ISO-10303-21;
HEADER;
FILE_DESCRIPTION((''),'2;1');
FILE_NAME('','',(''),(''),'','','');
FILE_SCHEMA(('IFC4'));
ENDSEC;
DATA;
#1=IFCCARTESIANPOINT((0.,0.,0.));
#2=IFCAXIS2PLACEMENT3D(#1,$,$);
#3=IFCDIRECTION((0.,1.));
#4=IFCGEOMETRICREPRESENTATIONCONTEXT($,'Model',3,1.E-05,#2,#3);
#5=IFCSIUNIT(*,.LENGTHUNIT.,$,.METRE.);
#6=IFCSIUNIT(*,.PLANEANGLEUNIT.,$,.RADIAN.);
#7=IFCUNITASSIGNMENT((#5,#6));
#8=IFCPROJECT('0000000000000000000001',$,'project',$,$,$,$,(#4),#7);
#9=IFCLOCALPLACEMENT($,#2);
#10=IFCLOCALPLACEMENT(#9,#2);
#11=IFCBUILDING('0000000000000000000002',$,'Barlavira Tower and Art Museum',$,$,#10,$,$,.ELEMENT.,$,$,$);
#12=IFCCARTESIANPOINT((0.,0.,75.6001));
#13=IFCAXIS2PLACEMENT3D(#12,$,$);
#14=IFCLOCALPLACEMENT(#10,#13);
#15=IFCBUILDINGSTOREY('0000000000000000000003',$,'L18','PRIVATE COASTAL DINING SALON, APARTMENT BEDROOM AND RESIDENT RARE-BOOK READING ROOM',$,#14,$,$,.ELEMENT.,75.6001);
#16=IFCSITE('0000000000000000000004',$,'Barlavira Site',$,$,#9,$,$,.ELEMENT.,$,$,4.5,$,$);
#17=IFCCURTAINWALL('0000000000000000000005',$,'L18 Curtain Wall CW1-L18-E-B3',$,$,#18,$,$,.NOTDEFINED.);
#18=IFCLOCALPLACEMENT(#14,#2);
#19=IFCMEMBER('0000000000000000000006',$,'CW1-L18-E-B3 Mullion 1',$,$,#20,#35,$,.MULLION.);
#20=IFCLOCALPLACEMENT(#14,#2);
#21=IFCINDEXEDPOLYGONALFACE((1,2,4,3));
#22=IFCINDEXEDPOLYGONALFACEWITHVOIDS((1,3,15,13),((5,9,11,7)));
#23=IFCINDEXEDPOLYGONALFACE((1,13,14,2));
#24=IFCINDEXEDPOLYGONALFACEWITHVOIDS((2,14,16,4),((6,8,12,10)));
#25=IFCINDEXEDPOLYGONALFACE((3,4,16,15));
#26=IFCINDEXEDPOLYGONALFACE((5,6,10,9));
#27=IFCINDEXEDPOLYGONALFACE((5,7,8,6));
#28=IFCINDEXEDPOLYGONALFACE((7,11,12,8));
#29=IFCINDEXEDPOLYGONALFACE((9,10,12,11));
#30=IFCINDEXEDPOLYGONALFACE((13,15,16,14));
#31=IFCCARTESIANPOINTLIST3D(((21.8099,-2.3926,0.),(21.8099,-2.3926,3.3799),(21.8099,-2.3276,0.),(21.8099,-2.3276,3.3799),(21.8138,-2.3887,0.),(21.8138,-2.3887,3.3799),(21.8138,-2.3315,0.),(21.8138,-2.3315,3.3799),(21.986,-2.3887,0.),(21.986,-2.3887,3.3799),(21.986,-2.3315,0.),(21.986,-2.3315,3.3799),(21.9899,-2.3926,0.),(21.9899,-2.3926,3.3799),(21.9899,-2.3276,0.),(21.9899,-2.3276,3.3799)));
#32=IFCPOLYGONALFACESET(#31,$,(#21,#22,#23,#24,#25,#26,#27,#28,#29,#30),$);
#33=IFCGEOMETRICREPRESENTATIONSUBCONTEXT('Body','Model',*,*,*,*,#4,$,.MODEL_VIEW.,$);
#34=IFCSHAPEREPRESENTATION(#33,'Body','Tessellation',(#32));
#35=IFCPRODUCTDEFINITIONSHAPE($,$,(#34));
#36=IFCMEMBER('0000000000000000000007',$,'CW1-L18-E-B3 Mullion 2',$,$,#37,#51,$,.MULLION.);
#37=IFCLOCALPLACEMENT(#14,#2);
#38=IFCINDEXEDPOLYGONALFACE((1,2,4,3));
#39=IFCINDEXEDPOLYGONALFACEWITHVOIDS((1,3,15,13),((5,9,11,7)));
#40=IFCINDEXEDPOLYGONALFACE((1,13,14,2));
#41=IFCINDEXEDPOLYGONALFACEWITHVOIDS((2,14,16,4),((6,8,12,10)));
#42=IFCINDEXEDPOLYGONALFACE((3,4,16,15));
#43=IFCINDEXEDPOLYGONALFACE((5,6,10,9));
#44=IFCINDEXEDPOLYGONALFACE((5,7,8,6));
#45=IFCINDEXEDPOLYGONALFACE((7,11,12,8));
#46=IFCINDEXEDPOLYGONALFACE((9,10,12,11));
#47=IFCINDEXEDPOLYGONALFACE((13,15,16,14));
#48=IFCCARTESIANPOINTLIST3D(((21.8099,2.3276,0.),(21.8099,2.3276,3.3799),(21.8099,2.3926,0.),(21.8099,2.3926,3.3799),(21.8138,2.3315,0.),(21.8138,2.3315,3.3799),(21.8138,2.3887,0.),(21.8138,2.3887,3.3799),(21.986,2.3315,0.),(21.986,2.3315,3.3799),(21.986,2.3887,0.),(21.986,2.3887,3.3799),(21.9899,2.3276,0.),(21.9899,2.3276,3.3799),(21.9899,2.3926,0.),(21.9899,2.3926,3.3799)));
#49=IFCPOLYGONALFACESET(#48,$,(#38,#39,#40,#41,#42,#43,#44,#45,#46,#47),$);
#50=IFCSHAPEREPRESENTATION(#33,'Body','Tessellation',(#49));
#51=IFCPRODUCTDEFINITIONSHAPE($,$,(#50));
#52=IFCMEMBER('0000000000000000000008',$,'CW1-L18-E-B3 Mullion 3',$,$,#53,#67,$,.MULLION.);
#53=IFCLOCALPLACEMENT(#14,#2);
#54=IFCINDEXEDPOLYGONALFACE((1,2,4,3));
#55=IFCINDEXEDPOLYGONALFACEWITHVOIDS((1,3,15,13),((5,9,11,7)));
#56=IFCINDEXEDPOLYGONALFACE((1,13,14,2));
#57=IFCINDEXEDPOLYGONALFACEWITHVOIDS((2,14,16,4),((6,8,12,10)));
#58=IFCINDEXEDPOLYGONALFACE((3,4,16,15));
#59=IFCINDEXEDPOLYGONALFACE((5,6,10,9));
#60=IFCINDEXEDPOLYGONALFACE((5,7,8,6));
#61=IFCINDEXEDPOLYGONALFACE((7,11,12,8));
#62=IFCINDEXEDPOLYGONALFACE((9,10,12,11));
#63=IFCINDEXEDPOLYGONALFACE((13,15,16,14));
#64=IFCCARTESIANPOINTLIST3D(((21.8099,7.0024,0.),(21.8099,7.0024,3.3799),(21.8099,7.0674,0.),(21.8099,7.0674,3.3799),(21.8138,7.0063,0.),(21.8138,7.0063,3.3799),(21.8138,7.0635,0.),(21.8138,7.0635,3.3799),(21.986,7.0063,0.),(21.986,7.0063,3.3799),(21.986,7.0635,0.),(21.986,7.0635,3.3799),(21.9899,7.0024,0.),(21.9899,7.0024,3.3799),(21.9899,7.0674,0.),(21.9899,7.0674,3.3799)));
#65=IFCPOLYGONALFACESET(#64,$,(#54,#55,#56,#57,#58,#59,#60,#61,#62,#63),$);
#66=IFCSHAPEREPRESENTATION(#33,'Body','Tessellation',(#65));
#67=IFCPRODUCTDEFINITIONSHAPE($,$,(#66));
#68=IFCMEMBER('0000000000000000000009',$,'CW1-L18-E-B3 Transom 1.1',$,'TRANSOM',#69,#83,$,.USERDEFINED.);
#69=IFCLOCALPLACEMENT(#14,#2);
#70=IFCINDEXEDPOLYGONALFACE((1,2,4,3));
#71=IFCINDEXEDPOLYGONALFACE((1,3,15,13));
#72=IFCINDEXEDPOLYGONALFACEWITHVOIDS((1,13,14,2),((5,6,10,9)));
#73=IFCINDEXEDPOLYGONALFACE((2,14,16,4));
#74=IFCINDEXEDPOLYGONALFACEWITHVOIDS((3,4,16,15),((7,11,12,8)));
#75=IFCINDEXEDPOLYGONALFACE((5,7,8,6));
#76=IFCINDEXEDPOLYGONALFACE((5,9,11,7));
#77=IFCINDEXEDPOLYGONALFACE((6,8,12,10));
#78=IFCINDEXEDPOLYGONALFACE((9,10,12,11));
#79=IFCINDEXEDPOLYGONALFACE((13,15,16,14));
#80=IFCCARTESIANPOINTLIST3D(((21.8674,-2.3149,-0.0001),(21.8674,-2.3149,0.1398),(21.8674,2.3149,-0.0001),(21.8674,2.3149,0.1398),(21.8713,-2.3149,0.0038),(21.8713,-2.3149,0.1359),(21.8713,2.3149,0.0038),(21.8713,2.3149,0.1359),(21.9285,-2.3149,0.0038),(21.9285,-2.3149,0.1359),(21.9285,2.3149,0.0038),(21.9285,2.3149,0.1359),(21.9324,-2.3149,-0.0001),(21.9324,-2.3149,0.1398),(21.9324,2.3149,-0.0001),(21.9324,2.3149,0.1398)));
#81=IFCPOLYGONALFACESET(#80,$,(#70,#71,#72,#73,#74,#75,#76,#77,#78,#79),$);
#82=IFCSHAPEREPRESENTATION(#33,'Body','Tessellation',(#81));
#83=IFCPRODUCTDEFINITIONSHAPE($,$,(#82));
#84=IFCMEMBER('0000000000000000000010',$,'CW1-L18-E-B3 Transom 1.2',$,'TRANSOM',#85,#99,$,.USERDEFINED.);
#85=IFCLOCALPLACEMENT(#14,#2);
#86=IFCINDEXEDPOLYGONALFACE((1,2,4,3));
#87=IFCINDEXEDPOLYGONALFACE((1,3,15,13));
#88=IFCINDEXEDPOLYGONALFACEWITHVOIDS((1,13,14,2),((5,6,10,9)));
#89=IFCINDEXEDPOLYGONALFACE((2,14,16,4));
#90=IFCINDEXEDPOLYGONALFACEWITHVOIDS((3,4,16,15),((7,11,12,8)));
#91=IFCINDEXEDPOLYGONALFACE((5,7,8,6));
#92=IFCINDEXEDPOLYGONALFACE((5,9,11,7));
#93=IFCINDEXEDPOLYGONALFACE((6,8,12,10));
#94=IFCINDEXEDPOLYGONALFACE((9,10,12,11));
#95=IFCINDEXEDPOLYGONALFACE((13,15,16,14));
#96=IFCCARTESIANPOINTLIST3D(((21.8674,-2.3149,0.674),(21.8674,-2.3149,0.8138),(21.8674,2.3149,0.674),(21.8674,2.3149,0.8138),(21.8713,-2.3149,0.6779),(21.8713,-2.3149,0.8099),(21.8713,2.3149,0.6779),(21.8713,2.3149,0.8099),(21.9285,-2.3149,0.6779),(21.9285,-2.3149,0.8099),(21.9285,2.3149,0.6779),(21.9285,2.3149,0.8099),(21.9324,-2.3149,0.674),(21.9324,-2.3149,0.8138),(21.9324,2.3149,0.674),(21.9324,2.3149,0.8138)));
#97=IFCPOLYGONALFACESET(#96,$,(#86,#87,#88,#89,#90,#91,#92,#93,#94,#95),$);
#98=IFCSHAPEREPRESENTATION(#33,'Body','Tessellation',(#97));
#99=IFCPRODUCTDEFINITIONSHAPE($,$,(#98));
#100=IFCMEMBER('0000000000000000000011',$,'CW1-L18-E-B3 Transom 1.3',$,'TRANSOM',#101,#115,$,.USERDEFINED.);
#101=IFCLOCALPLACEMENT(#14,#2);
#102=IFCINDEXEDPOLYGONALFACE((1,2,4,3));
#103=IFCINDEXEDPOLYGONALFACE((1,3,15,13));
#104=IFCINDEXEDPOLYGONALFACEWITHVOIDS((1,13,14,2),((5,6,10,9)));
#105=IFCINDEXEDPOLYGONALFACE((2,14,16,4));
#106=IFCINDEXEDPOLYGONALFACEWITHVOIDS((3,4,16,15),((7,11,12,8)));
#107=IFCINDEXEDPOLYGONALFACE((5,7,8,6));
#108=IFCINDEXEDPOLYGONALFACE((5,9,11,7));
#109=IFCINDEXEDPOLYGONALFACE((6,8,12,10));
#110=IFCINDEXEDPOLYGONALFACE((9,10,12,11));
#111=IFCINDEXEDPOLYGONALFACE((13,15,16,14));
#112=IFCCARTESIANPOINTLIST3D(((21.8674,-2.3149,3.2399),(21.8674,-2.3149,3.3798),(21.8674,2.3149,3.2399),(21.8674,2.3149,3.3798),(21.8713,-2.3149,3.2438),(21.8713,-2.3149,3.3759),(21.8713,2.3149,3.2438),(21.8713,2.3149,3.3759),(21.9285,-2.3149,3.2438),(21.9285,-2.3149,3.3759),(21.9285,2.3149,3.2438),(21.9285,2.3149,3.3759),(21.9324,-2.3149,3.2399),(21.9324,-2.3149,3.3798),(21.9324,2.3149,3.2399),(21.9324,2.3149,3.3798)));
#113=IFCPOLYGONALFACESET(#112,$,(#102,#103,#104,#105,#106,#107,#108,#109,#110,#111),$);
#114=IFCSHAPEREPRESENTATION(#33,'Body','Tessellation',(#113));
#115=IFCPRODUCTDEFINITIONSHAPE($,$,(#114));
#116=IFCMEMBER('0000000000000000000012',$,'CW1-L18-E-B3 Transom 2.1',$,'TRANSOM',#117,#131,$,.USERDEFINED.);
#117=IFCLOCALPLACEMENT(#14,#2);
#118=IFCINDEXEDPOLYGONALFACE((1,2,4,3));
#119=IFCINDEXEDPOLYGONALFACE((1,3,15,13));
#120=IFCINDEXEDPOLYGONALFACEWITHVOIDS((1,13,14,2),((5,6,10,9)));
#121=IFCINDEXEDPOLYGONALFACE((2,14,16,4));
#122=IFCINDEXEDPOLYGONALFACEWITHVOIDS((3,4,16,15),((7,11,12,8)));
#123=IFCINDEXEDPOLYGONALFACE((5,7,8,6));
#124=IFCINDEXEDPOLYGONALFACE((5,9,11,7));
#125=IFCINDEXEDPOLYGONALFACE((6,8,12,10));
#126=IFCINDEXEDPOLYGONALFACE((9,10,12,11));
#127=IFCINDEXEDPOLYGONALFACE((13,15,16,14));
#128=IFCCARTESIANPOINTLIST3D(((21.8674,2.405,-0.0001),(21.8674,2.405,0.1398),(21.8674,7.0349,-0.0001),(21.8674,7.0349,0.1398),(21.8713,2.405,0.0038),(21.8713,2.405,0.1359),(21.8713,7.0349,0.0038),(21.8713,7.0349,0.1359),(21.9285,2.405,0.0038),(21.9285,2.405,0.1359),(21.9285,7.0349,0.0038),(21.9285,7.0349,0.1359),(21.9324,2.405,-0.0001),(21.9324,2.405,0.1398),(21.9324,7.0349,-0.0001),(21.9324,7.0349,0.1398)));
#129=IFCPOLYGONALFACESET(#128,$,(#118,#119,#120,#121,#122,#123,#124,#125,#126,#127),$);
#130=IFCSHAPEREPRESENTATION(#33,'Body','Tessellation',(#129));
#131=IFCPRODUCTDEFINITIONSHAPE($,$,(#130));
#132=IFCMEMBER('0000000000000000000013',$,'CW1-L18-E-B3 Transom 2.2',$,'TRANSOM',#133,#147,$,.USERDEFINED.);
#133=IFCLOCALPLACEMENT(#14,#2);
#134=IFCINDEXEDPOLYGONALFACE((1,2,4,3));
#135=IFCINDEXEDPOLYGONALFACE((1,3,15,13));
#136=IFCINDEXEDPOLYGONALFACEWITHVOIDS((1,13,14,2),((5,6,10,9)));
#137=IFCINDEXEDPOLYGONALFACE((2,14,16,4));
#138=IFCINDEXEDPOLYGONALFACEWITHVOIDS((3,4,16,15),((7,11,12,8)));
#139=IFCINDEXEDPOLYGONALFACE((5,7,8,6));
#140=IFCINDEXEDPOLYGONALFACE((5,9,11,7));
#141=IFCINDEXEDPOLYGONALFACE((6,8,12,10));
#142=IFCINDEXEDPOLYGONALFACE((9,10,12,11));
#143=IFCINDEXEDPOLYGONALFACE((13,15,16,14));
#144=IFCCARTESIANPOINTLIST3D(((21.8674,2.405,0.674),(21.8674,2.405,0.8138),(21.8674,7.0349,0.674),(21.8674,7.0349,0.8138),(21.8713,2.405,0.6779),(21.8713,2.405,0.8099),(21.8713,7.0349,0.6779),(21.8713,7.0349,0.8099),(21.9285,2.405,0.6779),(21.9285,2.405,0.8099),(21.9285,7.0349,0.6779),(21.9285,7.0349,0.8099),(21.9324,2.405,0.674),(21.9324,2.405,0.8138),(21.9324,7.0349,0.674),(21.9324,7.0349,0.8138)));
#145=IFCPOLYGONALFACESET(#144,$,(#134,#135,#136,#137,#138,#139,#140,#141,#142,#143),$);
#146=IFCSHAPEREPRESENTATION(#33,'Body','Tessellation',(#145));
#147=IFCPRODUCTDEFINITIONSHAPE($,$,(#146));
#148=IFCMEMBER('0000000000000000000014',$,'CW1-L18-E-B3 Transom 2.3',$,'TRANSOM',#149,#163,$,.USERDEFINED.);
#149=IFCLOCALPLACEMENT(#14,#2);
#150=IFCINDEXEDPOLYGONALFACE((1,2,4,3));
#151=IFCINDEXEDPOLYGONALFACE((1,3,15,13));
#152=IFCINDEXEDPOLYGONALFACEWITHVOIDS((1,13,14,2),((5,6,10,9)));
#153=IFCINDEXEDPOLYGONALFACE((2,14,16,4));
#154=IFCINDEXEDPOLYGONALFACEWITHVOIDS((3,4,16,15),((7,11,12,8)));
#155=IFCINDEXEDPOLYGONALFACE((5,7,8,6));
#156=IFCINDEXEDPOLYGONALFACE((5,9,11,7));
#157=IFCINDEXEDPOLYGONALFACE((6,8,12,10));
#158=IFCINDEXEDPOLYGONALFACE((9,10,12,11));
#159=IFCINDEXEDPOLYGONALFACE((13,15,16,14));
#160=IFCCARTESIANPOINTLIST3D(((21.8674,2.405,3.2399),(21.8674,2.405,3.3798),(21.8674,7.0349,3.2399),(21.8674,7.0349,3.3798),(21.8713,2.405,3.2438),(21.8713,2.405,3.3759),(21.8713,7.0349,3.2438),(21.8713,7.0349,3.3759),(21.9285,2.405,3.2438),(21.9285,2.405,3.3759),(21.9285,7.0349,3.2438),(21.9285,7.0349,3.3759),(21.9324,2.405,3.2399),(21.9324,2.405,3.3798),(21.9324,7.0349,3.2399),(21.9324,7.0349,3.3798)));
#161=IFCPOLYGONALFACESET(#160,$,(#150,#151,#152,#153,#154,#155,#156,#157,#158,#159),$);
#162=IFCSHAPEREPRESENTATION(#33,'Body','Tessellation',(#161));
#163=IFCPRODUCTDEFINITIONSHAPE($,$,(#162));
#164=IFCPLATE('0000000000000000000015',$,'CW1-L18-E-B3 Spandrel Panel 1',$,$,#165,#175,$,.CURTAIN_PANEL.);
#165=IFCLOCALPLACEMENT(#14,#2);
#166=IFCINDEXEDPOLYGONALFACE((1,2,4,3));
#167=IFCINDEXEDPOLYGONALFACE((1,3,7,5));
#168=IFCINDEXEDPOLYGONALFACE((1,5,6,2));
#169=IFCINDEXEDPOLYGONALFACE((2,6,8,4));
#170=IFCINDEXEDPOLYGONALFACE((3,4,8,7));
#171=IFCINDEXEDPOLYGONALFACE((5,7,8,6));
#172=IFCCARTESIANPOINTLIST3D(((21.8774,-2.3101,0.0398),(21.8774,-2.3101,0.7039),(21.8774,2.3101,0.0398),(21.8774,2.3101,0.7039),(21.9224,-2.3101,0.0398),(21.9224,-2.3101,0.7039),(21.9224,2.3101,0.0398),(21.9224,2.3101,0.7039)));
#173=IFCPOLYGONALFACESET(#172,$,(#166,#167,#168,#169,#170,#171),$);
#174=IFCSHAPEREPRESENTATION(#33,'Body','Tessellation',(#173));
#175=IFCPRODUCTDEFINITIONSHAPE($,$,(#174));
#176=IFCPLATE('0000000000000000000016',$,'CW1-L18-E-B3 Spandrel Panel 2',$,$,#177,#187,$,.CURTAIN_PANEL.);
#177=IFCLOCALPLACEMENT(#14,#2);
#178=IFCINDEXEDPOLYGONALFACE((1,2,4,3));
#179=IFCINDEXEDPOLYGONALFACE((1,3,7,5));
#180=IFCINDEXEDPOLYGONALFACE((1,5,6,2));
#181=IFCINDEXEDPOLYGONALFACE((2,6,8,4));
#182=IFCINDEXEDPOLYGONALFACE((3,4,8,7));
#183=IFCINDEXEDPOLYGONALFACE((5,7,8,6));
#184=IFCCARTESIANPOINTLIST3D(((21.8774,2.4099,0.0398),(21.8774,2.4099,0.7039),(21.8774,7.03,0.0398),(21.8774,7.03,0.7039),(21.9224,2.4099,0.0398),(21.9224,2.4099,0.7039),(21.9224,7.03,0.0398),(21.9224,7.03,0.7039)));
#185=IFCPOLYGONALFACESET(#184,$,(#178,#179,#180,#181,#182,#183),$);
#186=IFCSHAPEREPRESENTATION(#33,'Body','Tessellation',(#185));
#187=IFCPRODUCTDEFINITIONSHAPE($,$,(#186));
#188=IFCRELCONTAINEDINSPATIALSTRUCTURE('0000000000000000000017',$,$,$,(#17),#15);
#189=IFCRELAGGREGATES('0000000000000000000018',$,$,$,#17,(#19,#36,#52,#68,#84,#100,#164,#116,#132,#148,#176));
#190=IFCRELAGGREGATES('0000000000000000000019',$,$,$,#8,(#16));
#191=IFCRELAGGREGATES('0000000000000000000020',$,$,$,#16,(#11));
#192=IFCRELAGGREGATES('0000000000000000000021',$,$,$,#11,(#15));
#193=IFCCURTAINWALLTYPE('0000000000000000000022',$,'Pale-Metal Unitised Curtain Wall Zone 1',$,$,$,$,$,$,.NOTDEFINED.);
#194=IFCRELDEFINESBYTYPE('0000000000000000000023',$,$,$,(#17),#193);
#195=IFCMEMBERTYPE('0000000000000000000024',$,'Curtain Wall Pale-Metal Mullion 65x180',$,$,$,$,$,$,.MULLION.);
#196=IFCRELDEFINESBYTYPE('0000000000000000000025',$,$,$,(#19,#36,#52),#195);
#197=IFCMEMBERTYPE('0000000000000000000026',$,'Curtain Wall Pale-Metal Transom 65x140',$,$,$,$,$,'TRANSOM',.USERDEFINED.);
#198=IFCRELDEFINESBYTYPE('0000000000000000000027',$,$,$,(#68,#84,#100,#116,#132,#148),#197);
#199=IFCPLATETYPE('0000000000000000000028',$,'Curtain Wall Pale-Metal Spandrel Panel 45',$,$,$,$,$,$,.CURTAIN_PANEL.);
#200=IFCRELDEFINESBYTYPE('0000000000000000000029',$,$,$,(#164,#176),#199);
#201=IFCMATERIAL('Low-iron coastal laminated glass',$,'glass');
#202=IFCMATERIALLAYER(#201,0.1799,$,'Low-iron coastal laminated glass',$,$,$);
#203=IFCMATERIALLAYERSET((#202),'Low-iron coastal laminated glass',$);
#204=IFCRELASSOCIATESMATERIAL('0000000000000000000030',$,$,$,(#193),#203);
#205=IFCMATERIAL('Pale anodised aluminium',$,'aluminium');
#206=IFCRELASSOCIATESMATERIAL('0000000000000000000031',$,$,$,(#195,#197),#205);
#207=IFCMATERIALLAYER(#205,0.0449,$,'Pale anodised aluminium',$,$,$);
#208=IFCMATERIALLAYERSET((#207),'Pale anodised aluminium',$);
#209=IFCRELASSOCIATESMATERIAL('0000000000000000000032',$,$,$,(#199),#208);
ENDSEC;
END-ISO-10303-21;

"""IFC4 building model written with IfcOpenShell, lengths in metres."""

from ifc_helpers import new_model, si_unit, direction, frame, origin, origin_2d, place, context, subcontext, project, spatial, rectangle, hollow_rectangle, extrude, material, layer, layer_set, material_profile, profile_set, type_object, element, aggregate, save


model = new_model("IFC4")

# Units and contexts
model_context = context("Model", 3, precision=1e-05, world=origin(), true_north=direction((0.0, 1.0)))
body_context = subcontext(model_context, "Body", "Model", "MODEL_VIEW")
ifc_project = project(units=[si_unit("LENGTHUNIT", "METRE"), si_unit("PLANEANGLEUNIT", "RADIAN")], contexts=[model_context])

# Site, building, storey
site_placement = place(None, origin())
site = spatial("IfcSite", under=ifc_project, at=site_placement, Name="Barlavira Site", CompositionType="ELEMENT", RefElevation=4.5)
building_placement = place(site_placement, origin())
building = spatial("IfcBuilding", under=site, at=building_placement, Name="Barlavira Tower and Art Museum", CompositionType="ELEMENT")
storey_placement = place(building_placement, frame((0.0, 0.0, 75.6001)))
storey = spatial("IfcBuildingStorey", under=building, at=storey_placement, Name="L18", Description="PRIVATE COASTAL DINING SALON, APARTMENT BEDROOM AND RESIDENT RARE-BOOK READING ROOM", CompositionType="ELEMENT", Elevation=75.6001)

# Curtain wall, members, plates
ifc_material_1 = material(Name="Low-iron coastal laminated glass", Category="glass")
ifc_layer_1 = layer(ifc_material_1, 0.1799, Name="Low-iron coastal laminated glass")
ifc_layer_set_1 = layer_set([ifc_layer_1], Name="Low-iron coastal laminated glass")
curtain_wall_type = type_object("IfcCurtainWallType", Name="Pale-Metal Unitised Curtain Wall Zone 1", PredefinedType="NOTDEFINED", material=ifc_layer_set_1)
curtain_wall_placement = place(storey_placement, origin())
curtain_wall = element("IfcCurtainWall", 1, at=curtain_wall_placement, inside=storey, type_object=curtain_wall_type, Name="L18 Curtain Wall CW1-L18-E-B3", PredefinedType="NOTDEFINED")
ifc_material_2 = material(Name="Pale anodised aluminium", Category="aluminium")
ifc_material_profile_1 = material_profile(ifc_material_2, hollow_rectangle(XDim=0.0649, YDim=0.1799, WallThickness=0.0039, at=origin_2d()), Name="ALU-MULL 65x180x4")
ifc_profile_set_1 = profile_set([ifc_material_profile_1], Name="Pale anodised aluminium")
member_type_1 = type_object("IfcMemberType", Name="Curtain Wall Pale-Metal Mullion 65x180", PredefinedType="MULLION", material=ifc_profile_set_1)
member_1_placement = place(storey_placement, frame((21.8999, -2.3601, 0.0), z_axis=(0.0, 0.0, 1.0), x_axis=(0.0, 1.0, 0.0)))
member_1 = element("IfcMember", 2, at=member_1_placement, type_object=member_type_1, Name="CW1-L18-E-B3 Mullion 1", PredefinedType="MULLION", context=body_context, shape_type="SweptSolid", body=[
    extrude(hollow_rectangle(XDim=0.0649, YDim=0.1799, WallThickness=0.0039, at=origin_2d()), origin(), (0.0, 0.0, 1.0), 3.3799),
])
member_2_placement = place(storey_placement, frame((21.8999, 2.3601, 0.0), z_axis=(0.0, 0.0, 1.0), x_axis=(0.0, 1.0, 0.0)))
member_2 = element("IfcMember", 3, at=member_2_placement, type_object=member_type_1, Name="CW1-L18-E-B3 Mullion 2", PredefinedType="MULLION", context=body_context, shape_type="SweptSolid", body=[
    extrude(hollow_rectangle(XDim=0.0649, YDim=0.1799, WallThickness=0.0039, at=origin_2d()), origin(), (0.0, 0.0, 1.0), 3.3799),
])
member_3_placement = place(storey_placement, frame((21.8999, 7.0349, 0.0), z_axis=(0.0, 0.0, 1.0), x_axis=(0.0, 1.0, 0.0)))
member_3 = element("IfcMember", 4, at=member_3_placement, type_object=member_type_1, Name="CW1-L18-E-B3 Mullion 3", PredefinedType="MULLION", context=body_context, shape_type="SweptSolid", body=[
    extrude(hollow_rectangle(XDim=0.0649, YDim=0.1799, WallThickness=0.0039, at=origin_2d()), origin(), (0.0, 0.0, 1.0), 3.3799),
])
ifc_material_profile_2 = material_profile(ifc_material_2, hollow_rectangle(XDim=0.0649, YDim=0.1399, WallThickness=0.0039, at=origin_2d()), Name="ALU-TRAN 65x140x4")
ifc_profile_set_2 = profile_set([ifc_material_profile_2], Name="Pale anodised aluminium")
member_type_2 = type_object("IfcMemberType", Name="Curtain Wall Pale-Metal Transom 65x140", ElementType="TRANSOM", PredefinedType="USERDEFINED", material=ifc_profile_set_2)
member_4_placement = place(storey_placement, frame((21.8999, -2.3149, 0.0698), z_axis=(0.0, 1.0, 0.0), x_axis=(-1.0, 0.0, 0.0)))
member_4 = element("IfcMember", 5, at=member_4_placement, type_object=member_type_2, Name="CW1-L18-E-B3 Transom 1.1", ObjectType="TRANSOM", PredefinedType="USERDEFINED", context=body_context, shape_type="SweptSolid", body=[
    extrude(hollow_rectangle(XDim=0.0649, YDim=0.1399, WallThickness=0.0039, at=origin_2d()), origin(), (0.0, 0.0, 1.0), 4.6299),
])
member_5_placement = place(storey_placement, frame((21.8999, -2.3149, 0.7439), z_axis=(0.0, 1.0, 0.0), x_axis=(-1.0, 0.0, 0.0)))
member_5 = element("IfcMember", 6, at=member_5_placement, type_object=member_type_2, Name="CW1-L18-E-B3 Transom 1.2", ObjectType="TRANSOM", PredefinedType="USERDEFINED", context=body_context, shape_type="SweptSolid", body=[
    extrude(hollow_rectangle(XDim=0.0649, YDim=0.1399, WallThickness=0.0039, at=origin_2d()), origin(), (0.0, 0.0, 1.0), 4.6299),
])
member_6_placement = place(storey_placement, frame((21.8999, -2.3149, 3.3098), z_axis=(0.0, 1.0, 0.0), x_axis=(-1.0, 0.0, 0.0)))
member_6 = element("IfcMember", 7, at=member_6_placement, type_object=member_type_2, Name="CW1-L18-E-B3 Transom 1.3", ObjectType="TRANSOM", PredefinedType="USERDEFINED", context=body_context, shape_type="SweptSolid", body=[
    extrude(hollow_rectangle(XDim=0.0649, YDim=0.1399, WallThickness=0.0039, at=origin_2d()), origin(), (0.0, 0.0, 1.0), 4.6299),
])
member_7_placement = place(storey_placement, frame((21.8999, 2.405, 0.0698), z_axis=(0.0, 1.0, 0.0), x_axis=(-1.0, 0.0, 0.0)))
member_7 = element("IfcMember", 8, at=member_7_placement, type_object=member_type_2, Name="CW1-L18-E-B3 Transom 2.1", ObjectType="TRANSOM", PredefinedType="USERDEFINED", context=body_context, shape_type="SweptSolid", body=[
    extrude(hollow_rectangle(XDim=0.0649, YDim=0.1399, WallThickness=0.0039, at=origin_2d()), origin(), (0.0, 0.0, 1.0), 4.6299),
])
member_8_placement = place(storey_placement, frame((21.8999, 2.405, 0.7439), z_axis=(0.0, 1.0, 0.0), x_axis=(-1.0, 0.0, 0.0)))
member_8 = element("IfcMember", 9, at=member_8_placement, type_object=member_type_2, Name="CW1-L18-E-B3 Transom 2.2", ObjectType="TRANSOM", PredefinedType="USERDEFINED", context=body_context, shape_type="SweptSolid", body=[
    extrude(hollow_rectangle(XDim=0.0649, YDim=0.1399, WallThickness=0.0039, at=origin_2d()), origin(), (0.0, 0.0, 1.0), 4.6299),
])
member_9_placement = place(storey_placement, frame((21.8999, 2.405, 3.3098), z_axis=(0.0, 1.0, 0.0), x_axis=(-1.0, 0.0, 0.0)))
member_9 = element("IfcMember", 10, at=member_9_placement, type_object=member_type_2, Name="CW1-L18-E-B3 Transom 2.3", ObjectType="TRANSOM", PredefinedType="USERDEFINED", context=body_context, shape_type="SweptSolid", body=[
    extrude(hollow_rectangle(XDim=0.0649, YDim=0.1399, WallThickness=0.0039, at=origin_2d()), origin(), (0.0, 0.0, 1.0), 4.6299),
])
ifc_layer_2 = layer(ifc_material_2, 0.0449, Name="Pale anodised aluminium")
ifc_layer_set_2 = layer_set([ifc_layer_2], Name="Pale anodised aluminium")
plate_type_1 = type_object("IfcPlateType", Name="Curtain Wall Pale-Metal Spandrel Panel 45", PredefinedType="CURTAIN_PANEL", material=ifc_layer_set_2)
plate_1_placement = place(storey_placement, frame((21.8999, 0.0, 0.0398), z_axis=(0.0, 0.0, 1.0), x_axis=(0.0, 1.0, 0.0)))
plate_1 = element("IfcPlate", 11, at=plate_1_placement, type_object=plate_type_1, Name="CW1-L18-E-B3 Spandrel Panel 1", PredefinedType="CURTAIN_PANEL", context=body_context, shape_type="SweptSolid", body=[
    extrude(rectangle(XDim=4.6201, YDim=0.0449, at=origin_2d()), origin(), (0.0, 0.0, 1.0), 0.6641),
])
plate_2_placement = place(storey_placement, frame((21.8999, 4.72, 0.0398), z_axis=(0.0, 0.0, 1.0), x_axis=(0.0, 1.0, 0.0)))
plate_2 = element("IfcPlate", 12, at=plate_2_placement, type_object=plate_type_1, Name="CW1-L18-E-B3 Spandrel Panel 2", PredefinedType="CURTAIN_PANEL", context=body_context, shape_type="SweptSolid", body=[
    extrude(rectangle(XDim=4.6201, YDim=0.0449, at=origin_2d()), origin(), (0.0, 0.0, 1.0), 0.6641),
])
aggregate(curtain_wall, [member_1, member_2, member_3, member_4, member_5, member_6, plate_1, member_7, member_8, member_9, plate_2])

save(model, "model.ifc")
